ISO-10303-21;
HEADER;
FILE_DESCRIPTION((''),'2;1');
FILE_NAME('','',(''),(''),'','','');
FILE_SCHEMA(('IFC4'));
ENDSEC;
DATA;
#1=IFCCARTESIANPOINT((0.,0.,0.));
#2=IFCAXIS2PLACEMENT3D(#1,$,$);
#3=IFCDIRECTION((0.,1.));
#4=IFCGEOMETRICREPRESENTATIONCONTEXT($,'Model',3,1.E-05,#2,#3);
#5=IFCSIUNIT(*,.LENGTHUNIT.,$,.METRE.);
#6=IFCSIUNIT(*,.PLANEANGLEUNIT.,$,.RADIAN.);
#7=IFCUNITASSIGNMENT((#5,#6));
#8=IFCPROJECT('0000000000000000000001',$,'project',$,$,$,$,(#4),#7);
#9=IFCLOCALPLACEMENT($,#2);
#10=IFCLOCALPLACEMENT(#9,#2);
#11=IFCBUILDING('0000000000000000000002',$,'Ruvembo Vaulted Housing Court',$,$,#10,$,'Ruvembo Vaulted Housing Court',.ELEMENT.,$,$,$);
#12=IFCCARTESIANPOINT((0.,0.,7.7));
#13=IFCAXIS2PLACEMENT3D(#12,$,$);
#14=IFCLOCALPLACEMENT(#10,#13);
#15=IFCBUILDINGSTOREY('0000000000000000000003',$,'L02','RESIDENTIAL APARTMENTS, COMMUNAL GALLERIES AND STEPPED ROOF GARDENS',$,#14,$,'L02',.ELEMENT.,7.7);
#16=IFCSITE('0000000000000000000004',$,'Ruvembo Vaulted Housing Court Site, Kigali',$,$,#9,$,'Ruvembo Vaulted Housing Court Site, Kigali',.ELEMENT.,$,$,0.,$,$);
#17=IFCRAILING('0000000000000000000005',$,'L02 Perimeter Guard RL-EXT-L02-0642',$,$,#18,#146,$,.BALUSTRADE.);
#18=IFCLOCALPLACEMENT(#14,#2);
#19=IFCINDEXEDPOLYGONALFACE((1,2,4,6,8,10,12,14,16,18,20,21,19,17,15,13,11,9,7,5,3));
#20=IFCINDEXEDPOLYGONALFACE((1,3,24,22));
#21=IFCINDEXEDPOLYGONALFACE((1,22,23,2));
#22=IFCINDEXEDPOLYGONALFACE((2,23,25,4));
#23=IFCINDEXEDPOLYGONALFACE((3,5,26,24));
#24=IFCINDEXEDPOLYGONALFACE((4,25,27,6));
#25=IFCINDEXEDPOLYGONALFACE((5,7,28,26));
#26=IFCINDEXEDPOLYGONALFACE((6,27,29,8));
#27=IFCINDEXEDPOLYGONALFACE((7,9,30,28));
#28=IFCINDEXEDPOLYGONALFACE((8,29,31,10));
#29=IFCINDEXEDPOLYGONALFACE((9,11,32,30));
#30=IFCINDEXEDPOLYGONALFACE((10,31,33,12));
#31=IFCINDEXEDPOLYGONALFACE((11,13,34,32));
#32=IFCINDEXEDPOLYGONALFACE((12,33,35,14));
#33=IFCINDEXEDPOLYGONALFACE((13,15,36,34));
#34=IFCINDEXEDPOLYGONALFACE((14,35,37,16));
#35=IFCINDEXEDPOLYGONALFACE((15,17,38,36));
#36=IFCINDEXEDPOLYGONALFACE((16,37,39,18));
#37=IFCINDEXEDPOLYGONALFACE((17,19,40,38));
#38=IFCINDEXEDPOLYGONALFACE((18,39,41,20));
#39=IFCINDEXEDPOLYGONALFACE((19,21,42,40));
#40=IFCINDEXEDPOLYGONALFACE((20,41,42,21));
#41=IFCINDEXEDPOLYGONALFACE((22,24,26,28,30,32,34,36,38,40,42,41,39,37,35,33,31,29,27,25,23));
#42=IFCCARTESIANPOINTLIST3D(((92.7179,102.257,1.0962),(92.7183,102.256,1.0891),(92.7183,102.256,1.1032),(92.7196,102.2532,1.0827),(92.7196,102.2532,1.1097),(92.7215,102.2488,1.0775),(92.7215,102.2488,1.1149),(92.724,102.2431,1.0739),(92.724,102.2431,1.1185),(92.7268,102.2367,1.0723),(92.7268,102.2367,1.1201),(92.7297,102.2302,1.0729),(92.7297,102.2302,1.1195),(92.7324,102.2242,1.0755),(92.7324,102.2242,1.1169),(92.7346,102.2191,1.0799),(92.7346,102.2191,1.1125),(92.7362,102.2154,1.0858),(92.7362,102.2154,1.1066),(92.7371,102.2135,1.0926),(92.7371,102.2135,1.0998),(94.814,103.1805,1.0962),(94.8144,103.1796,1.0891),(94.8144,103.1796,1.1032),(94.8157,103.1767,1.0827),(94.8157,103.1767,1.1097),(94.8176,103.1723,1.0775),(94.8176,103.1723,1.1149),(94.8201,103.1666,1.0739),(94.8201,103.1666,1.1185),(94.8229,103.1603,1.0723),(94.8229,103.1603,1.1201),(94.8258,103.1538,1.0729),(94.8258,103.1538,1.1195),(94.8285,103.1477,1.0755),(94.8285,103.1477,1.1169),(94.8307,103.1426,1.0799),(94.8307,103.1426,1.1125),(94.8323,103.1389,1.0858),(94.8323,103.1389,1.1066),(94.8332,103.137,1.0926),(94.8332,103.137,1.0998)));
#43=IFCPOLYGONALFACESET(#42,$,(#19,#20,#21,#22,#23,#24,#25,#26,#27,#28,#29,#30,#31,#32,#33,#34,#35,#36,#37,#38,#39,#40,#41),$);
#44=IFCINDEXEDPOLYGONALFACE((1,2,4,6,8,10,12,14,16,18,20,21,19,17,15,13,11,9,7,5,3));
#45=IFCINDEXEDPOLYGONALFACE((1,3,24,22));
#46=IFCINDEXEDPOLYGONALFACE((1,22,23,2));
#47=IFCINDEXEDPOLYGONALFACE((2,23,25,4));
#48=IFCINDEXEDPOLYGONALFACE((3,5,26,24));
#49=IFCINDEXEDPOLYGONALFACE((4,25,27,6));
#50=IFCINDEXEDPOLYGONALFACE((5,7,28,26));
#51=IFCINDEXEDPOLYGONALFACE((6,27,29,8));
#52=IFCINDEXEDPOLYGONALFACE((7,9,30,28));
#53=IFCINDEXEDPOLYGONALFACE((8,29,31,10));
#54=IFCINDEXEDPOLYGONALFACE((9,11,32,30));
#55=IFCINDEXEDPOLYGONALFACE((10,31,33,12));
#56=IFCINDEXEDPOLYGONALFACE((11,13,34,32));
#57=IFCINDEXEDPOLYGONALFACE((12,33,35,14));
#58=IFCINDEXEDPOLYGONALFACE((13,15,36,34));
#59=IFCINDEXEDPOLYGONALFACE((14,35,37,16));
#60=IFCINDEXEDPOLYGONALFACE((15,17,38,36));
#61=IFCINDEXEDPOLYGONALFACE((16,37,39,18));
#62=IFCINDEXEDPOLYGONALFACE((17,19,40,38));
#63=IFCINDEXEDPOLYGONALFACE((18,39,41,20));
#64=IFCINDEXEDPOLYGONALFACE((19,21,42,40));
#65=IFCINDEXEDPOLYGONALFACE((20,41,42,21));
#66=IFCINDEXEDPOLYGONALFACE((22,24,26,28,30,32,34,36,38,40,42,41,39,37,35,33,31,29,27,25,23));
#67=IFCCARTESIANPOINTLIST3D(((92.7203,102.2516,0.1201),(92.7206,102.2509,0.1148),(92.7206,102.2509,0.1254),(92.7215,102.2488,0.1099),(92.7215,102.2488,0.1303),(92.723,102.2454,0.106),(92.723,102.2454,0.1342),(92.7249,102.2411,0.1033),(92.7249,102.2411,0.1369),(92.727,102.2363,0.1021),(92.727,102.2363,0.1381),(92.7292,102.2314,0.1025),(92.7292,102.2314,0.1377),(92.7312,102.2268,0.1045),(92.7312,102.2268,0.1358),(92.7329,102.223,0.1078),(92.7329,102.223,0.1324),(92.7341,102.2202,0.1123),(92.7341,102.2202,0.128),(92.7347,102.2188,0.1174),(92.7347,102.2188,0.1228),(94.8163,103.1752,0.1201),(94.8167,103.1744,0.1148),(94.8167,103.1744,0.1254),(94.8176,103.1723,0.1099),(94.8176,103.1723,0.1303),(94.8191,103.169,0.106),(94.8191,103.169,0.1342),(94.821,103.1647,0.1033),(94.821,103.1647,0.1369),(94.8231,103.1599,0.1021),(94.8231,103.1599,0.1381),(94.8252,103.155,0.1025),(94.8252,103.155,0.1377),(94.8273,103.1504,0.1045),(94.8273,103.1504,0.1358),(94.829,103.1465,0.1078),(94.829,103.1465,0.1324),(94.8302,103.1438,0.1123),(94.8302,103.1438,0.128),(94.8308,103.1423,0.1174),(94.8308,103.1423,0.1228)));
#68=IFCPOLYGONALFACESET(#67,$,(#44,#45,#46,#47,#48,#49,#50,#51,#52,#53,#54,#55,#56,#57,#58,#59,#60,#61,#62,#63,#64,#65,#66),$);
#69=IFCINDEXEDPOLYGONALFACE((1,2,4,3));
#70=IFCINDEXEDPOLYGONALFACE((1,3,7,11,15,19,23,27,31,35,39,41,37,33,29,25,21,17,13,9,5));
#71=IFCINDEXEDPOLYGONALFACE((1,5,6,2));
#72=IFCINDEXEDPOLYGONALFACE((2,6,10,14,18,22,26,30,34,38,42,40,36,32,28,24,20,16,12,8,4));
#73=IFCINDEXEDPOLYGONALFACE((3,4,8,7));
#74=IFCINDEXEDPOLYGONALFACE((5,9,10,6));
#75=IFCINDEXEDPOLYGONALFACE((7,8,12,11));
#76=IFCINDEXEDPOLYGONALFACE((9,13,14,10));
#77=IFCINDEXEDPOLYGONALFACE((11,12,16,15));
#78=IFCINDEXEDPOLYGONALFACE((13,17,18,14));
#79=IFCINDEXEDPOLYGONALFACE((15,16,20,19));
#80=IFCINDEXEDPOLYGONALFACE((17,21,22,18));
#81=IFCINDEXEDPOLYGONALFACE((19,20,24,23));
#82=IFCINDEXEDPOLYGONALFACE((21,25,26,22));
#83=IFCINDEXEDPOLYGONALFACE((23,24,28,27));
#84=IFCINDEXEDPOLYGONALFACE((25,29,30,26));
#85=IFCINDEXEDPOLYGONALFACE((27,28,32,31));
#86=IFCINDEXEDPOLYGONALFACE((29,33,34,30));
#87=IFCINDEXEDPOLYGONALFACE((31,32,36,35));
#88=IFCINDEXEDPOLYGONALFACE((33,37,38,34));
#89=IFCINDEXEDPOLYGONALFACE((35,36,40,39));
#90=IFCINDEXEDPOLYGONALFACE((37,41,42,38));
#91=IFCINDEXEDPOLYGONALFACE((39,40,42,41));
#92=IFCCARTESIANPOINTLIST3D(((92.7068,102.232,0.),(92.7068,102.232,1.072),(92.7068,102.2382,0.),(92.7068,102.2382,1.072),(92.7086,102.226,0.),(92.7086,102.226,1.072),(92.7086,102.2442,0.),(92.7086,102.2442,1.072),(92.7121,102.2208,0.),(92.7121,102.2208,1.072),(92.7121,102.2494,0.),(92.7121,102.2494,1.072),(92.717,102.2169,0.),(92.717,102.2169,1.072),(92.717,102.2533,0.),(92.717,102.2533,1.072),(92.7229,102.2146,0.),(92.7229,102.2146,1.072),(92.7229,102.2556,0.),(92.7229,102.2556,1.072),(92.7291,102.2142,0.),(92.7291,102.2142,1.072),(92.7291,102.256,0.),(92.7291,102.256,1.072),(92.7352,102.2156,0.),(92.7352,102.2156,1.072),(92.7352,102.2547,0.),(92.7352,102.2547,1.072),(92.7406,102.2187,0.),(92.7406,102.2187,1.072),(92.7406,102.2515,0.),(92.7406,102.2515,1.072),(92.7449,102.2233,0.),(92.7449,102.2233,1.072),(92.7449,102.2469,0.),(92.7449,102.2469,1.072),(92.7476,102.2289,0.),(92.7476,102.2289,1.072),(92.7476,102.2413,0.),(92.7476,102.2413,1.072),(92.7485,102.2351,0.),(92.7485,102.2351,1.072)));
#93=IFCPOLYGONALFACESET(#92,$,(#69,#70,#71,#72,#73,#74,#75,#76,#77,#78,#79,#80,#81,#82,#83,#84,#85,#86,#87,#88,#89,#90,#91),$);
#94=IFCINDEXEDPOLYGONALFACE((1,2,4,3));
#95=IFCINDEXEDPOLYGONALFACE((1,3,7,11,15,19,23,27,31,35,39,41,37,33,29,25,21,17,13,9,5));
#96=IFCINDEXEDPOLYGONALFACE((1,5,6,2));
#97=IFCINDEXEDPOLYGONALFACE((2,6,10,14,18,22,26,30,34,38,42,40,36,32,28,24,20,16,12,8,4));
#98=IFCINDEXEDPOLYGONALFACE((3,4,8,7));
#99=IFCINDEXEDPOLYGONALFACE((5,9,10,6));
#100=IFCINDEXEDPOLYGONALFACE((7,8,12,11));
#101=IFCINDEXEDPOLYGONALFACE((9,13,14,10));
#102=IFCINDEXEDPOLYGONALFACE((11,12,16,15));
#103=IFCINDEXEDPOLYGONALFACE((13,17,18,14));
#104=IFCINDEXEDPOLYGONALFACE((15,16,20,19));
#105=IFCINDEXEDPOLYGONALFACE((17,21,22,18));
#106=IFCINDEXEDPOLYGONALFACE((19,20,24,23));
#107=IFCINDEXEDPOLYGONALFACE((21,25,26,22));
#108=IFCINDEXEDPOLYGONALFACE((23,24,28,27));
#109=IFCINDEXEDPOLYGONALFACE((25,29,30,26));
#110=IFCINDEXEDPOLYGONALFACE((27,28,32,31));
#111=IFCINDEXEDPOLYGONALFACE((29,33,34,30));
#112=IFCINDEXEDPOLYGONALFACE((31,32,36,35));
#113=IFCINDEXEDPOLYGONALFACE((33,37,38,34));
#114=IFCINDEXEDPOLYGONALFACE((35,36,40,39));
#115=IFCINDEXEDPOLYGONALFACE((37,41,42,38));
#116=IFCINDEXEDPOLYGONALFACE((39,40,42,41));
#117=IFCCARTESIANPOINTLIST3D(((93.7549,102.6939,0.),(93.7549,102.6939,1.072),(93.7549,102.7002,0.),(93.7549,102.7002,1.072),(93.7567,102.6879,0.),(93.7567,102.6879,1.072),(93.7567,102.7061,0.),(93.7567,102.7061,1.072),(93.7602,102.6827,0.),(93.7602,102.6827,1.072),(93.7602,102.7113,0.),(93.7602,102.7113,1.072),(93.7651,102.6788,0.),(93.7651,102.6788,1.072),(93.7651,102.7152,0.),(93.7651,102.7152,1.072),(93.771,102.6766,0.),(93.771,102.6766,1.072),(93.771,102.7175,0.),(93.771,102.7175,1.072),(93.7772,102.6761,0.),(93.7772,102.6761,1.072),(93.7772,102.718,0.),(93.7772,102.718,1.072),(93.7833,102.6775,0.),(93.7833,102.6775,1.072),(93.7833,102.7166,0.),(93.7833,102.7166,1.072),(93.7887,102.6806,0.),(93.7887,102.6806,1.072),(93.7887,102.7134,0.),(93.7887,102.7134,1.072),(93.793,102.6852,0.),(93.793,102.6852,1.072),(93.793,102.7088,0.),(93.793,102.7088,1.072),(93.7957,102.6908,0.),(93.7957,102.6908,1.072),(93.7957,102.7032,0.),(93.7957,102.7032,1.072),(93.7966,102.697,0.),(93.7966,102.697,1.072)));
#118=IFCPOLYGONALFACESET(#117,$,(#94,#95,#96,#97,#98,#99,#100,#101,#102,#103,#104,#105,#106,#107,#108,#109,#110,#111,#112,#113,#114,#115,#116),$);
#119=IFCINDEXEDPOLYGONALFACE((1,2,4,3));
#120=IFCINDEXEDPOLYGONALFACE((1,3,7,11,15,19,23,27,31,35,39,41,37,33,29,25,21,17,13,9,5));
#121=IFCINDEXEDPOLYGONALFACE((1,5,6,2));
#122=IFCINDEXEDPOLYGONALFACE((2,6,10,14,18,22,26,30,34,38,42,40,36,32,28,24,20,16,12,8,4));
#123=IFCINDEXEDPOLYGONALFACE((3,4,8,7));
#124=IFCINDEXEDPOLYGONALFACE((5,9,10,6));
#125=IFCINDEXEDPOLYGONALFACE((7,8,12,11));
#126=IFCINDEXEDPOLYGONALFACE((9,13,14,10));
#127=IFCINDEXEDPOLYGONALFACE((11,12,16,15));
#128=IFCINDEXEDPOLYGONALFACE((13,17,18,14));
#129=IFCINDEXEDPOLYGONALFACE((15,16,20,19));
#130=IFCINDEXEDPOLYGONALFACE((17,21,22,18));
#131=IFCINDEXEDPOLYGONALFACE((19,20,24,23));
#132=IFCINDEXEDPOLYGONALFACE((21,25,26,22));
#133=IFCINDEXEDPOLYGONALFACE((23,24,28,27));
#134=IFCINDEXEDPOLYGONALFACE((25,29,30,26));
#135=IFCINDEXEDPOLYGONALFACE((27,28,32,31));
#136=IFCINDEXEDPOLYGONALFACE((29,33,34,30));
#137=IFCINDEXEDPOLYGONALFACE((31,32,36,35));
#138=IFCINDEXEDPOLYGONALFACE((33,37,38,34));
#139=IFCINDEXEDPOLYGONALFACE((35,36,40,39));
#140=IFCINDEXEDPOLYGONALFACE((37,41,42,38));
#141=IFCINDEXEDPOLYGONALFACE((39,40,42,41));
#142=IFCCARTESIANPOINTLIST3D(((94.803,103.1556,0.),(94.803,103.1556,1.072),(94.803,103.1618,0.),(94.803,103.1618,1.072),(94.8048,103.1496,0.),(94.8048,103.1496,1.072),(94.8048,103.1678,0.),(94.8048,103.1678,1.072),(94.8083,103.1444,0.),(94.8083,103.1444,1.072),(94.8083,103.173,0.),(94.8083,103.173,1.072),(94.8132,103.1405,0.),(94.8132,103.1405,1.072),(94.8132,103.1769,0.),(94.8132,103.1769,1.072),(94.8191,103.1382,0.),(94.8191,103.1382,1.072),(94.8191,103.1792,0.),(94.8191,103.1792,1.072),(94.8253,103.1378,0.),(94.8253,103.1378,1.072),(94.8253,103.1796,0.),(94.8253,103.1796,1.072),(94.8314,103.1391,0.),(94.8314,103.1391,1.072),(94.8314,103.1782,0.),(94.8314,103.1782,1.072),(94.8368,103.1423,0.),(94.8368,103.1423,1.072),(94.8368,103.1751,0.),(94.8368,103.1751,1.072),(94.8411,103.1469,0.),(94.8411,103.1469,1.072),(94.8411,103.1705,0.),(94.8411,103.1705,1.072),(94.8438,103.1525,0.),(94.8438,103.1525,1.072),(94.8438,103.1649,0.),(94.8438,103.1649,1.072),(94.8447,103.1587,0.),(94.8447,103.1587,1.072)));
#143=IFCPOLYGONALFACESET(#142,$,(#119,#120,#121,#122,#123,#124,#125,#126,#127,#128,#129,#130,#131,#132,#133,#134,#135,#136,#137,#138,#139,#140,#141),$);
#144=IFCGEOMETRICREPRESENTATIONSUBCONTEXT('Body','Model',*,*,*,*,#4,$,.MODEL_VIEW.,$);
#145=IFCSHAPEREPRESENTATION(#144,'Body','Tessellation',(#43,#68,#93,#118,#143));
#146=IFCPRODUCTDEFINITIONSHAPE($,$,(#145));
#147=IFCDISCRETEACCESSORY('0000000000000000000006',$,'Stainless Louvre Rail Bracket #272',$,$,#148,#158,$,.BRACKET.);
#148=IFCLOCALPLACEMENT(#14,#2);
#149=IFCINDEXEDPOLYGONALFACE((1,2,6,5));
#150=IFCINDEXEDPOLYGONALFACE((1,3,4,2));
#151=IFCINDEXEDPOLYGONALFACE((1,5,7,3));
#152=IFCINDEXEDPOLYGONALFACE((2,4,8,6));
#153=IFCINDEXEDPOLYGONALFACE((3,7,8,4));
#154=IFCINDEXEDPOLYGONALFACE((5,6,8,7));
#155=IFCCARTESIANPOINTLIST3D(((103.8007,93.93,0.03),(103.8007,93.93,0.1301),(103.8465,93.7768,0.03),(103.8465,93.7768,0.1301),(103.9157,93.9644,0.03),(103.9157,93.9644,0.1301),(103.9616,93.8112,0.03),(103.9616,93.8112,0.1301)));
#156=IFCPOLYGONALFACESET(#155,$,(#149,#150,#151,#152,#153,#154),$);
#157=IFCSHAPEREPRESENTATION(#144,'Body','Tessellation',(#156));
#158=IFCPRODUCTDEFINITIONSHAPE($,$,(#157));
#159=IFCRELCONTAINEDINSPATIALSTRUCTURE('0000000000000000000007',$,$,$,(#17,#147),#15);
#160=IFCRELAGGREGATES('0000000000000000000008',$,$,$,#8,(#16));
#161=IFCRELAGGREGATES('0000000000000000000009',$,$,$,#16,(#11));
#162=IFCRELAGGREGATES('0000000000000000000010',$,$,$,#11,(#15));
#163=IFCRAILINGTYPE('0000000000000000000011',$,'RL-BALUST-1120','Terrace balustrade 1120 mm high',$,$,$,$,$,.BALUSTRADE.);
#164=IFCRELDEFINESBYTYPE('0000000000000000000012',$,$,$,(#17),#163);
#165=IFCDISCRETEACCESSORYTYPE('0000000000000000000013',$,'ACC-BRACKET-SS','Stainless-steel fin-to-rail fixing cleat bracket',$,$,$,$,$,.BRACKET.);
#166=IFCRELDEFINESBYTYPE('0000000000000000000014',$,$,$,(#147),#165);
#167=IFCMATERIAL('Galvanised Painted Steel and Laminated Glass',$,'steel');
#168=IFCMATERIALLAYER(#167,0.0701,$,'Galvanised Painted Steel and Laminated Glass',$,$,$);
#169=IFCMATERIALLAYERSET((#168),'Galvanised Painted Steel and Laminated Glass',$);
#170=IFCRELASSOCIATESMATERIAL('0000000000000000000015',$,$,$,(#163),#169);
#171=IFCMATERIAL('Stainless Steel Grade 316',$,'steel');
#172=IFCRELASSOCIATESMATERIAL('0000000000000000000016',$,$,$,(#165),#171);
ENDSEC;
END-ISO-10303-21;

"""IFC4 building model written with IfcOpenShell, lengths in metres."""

from ifc_helpers import new_model, si_unit, direction, frame, origin, origin_2d, place, context, subcontext, project, spatial, rectangle, circle, extrude, material, layer, layer_set, type_object, element, save


model = new_model("IFC4")

# Units and contexts
model_context = context("Model", 3, precision=1e-05, world=origin(), true_north=direction((0.0, 1.0)))
body_context = subcontext(model_context, "Body", "Model", "MODEL_VIEW")
ifc_project = project(units=[si_unit("LENGTHUNIT", "METRE"), si_unit("PLANEANGLEUNIT", "RADIAN")], contexts=[model_context])

# Site, building, storey
site_placement = place(None, origin())
site = spatial("IfcSite", under=ifc_project, at=site_placement, Name="Ruvembo Vaulted Housing Court Site, Kigali", LongName="Ruvembo Vaulted Housing Court Site, Kigali", CompositionType="ELEMENT", RefElevation=0.0)
building_placement = place(site_placement, origin())
building = spatial("IfcBuilding", under=site, at=building_placement, Name="Ruvembo Vaulted Housing Court", LongName="Ruvembo Vaulted Housing Court", CompositionType="ELEMENT")
storey_placement = place(building_placement, frame((0.0, 0.0, 7.7)))
storey = spatial("IfcBuildingStorey", under=building, at=storey_placement, Name="L02", Description="RESIDENTIAL APARTMENTS, COMMUNAL GALLERIES AND STEPPED ROOF GARDENS", LongName="L02", CompositionType="ELEMENT", Elevation=7.7)

# Railing
ifc_material_1 = material(Name="Galvanised Painted Steel and Laminated Glass", Category="steel")
ifc_layer_1 = layer(ifc_material_1, 0.0701, Name="Galvanised Painted Steel and Laminated Glass")
ifc_layer_set_1 = layer_set([ifc_layer_1], Name="Galvanised Painted Steel and Laminated Glass")
railing_type = type_object("IfcRailingType", Name="RL-BALUST-1120", Description="Terrace balustrade 1120 mm high", PredefinedType="BALUSTRADE", material=ifc_layer_set_1)
railing_placement = place(storey_placement, frame((92.7275, 102.2351, 0.0)))
element("IfcRailing", 1, at=railing_placement, inside=storey, type_object=railing_type, Name="L02 Perimeter Guard RL-EXT-L02-0642", PredefinedType="BALUSTRADE", context=body_context, shape_type="SweptSolid", body=[
    extrude(circle(Radius=0.0239, at=origin_2d()), frame((0.0, 0.0, 1.0962), z_axis=(0.915112, 0.403199, 0.0), x_axis=(-0.403199, 0.915112, 0.0)), (0.0, 0.0, 1.0), 2.2905),
    extrude(circle(Radius=0.0181, at=origin_2d()), frame((0.0, 0.0, 0.1201), z_axis=(0.915112, 0.403199, 0.0), x_axis=(-0.403199, 0.915112, 0.0)), (0.0, 0.0, 1.0), 2.2905),
    extrude(circle(Radius=0.021, at=origin_2d()), origin(), (0.0, 0.0, 1.0), 1.072),
    extrude(circle(Radius=0.021, at=origin_2d()), frame((1.0481, 0.4619, 0.0)), (0.0, 0.0, 1.0), 1.072),
    extrude(circle(Radius=0.021, at=origin_2d()), frame((2.0962, 0.9236, 0.0)), (0.0, 0.0, 1.0), 1.072),
])

# Discrete accessory
ifc_material_2 = material(Name="Stainless Steel Grade 316", Category="steel")
discrete_accessory_type = type_object("IfcDiscreteAccessoryType", Name="ACC-BRACKET-SS", Description="Stainless-steel fin-to-rail fixing cleat bracket", PredefinedType="BRACKET", material=ifc_material_2)
discrete_accessory_placement = place(storey_placement, frame((103.8811, 93.8706, 0.03), z_axis=(0.0, 0.0, 1.0), x_axis=(0.286491, -0.958083, 0.0)))
element("IfcDiscreteAccessory", 2, at=discrete_accessory_placement, inside=storey, type_object=discrete_accessory_type, Name="Stainless Louvre Rail Bracket #272", PredefinedType="BRACKET", context=body_context, shape_type="SweptSolid", body=[
    extrude(rectangle(XDim=0.1599, YDim=0.1201, at=origin_2d()), origin(), (0.0, 0.0, 1.0), 0.1001),
])

save(model, "model.ifc")
